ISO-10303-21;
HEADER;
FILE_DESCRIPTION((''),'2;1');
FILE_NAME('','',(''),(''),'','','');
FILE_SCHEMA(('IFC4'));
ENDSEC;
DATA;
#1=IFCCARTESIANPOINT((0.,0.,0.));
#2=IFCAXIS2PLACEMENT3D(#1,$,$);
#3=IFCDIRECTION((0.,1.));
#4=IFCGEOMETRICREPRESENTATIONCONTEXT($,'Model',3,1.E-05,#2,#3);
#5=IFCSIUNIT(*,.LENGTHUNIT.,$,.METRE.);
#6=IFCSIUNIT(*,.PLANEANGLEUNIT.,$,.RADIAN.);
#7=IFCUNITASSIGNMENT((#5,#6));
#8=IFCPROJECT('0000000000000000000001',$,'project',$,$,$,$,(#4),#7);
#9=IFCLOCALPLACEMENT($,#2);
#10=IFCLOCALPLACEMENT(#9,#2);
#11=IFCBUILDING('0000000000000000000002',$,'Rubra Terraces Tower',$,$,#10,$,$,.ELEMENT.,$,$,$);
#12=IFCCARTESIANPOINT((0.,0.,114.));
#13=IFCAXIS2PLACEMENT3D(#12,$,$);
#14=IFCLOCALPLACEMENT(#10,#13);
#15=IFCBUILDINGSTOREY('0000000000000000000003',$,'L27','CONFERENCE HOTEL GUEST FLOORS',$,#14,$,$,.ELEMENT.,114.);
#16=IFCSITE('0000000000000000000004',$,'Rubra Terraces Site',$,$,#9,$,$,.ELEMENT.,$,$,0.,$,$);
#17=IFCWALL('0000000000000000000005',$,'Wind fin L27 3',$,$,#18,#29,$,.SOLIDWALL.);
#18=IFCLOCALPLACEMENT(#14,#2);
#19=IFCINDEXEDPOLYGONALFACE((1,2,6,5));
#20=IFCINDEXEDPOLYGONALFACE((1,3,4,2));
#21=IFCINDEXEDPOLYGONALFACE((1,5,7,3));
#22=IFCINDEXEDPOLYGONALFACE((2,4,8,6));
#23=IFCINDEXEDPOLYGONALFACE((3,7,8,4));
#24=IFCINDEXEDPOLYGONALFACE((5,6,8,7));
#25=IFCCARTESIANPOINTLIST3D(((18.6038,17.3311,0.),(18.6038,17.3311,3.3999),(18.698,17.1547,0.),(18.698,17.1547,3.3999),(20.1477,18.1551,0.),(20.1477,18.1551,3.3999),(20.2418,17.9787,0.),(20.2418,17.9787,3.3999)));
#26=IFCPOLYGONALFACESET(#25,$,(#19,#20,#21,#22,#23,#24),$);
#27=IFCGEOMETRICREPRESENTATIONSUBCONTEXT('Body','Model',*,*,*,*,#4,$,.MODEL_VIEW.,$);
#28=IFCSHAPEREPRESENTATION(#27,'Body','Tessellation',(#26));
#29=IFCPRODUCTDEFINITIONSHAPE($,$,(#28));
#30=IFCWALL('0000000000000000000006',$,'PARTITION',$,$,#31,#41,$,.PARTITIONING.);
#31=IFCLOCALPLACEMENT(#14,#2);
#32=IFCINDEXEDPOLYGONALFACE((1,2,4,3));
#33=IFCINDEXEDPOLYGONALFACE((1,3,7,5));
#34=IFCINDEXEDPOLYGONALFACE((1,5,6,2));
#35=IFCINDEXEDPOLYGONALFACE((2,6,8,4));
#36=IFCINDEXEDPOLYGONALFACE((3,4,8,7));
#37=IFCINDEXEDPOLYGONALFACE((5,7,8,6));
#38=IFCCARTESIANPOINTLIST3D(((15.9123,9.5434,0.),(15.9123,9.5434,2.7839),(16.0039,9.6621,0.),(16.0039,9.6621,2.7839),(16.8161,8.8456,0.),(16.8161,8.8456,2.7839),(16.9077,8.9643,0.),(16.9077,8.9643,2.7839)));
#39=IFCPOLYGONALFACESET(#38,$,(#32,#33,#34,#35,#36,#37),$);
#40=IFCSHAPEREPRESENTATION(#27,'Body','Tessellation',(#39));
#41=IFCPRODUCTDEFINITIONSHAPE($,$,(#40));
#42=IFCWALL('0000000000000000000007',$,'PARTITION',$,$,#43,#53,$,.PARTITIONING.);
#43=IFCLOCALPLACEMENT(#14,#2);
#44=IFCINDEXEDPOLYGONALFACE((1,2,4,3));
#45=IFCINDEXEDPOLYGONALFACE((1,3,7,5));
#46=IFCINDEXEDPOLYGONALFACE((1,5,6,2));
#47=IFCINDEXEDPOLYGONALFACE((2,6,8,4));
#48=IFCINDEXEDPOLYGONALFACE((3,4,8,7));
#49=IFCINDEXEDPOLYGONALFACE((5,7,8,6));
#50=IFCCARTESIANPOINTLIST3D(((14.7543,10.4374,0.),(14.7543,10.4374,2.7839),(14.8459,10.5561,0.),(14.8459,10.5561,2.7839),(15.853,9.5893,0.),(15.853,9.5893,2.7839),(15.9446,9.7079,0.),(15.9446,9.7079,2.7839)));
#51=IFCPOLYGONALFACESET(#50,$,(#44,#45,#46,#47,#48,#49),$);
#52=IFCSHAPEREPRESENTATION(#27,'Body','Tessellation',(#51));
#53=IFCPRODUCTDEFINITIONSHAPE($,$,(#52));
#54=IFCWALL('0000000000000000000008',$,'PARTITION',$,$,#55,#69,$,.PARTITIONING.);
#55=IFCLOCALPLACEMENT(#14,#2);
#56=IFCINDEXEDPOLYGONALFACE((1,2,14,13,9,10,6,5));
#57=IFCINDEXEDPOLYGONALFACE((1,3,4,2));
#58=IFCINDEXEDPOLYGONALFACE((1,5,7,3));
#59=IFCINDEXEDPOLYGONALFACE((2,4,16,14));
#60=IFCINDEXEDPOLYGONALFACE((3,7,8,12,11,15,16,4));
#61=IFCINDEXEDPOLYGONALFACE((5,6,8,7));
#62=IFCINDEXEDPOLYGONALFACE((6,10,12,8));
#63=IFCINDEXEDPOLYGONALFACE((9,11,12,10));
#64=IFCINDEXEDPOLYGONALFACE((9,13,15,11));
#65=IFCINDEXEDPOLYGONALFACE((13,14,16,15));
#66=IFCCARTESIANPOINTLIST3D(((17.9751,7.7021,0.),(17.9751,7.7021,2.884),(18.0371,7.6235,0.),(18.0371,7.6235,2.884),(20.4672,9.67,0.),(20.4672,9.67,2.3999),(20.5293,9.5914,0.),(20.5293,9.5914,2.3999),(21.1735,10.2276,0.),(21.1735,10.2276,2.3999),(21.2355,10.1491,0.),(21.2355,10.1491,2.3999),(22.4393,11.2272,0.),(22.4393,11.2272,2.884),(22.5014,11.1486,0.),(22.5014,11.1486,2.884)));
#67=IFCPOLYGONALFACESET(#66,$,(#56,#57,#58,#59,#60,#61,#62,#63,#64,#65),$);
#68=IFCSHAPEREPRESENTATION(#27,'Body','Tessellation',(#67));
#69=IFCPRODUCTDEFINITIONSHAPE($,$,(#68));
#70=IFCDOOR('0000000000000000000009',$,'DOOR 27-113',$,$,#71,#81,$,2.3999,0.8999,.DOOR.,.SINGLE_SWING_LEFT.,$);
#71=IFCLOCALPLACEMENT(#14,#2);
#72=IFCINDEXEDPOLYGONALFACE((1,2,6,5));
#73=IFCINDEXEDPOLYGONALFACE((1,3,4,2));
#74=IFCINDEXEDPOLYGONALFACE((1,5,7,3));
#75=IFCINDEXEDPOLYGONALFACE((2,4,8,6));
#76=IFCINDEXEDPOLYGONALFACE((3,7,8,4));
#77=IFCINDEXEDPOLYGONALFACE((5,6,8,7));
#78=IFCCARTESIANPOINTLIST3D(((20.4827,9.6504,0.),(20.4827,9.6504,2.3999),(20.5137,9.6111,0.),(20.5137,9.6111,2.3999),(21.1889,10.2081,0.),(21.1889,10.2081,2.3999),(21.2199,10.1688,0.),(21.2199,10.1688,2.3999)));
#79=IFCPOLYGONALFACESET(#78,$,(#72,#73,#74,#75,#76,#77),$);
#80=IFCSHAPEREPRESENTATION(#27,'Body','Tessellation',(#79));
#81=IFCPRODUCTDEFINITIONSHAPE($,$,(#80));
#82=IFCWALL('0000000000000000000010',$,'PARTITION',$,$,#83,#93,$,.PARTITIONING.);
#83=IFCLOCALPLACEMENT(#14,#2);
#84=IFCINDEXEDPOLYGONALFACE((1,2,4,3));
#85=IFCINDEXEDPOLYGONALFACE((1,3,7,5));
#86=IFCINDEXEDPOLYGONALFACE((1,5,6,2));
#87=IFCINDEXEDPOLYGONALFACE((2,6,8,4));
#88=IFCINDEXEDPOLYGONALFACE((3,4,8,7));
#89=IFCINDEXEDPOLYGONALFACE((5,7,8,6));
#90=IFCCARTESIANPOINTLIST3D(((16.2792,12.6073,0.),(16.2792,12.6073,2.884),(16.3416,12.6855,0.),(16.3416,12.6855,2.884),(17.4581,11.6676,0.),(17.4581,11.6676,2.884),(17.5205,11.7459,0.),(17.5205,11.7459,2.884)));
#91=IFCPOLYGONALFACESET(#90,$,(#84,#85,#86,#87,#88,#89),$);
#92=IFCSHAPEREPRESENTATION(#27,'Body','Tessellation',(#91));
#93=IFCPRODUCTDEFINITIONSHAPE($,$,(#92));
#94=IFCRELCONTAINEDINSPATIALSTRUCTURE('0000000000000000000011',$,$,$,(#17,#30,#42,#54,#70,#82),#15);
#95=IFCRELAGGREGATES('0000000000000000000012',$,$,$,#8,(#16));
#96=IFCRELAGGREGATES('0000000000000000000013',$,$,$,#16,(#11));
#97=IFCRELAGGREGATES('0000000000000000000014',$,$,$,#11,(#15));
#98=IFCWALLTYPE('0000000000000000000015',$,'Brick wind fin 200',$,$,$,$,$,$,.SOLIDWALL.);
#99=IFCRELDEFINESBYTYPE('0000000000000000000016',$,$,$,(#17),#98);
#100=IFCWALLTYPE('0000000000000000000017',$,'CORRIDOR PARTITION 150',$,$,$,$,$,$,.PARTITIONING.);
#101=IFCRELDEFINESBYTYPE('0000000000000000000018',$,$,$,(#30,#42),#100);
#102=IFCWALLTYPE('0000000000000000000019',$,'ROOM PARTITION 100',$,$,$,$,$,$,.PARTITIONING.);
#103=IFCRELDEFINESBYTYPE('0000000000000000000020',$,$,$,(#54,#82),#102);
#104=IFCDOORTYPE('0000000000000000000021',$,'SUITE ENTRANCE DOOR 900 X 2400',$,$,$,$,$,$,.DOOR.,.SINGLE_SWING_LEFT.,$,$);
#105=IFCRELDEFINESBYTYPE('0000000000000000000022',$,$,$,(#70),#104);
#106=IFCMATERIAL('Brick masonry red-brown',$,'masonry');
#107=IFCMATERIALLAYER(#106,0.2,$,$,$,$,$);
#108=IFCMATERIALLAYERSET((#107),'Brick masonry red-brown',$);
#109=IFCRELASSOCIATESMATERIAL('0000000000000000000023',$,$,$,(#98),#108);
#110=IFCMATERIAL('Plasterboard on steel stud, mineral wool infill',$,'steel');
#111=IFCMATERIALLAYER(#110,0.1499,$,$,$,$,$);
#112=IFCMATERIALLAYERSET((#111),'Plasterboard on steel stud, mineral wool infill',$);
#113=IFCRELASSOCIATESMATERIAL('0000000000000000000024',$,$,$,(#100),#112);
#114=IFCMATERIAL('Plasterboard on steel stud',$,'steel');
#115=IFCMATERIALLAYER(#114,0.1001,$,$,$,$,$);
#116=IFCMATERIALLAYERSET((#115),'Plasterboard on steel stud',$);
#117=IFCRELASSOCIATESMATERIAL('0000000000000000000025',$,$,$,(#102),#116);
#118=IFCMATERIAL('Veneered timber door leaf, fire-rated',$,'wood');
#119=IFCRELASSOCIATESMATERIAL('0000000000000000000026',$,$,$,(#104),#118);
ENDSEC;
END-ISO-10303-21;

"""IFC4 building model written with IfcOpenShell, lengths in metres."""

from ifc_helpers import new_model, si_unit, direction, frame, frame_2d, origin, place, context, subcontext, project, spatial, rectangle, extrude, material, layer, layer_set, type_object, element, fill, save


model = new_model("IFC4")

# Units and contexts
model_context = context("Model", 3, precision=1e-05, world=origin(), true_north=direction((0.0, 1.0)))
body_context = subcontext(model_context, "Body", "Model", "MODEL_VIEW")
ifc_project = project(units=[si_unit("LENGTHUNIT", "METRE"), si_unit("PLANEANGLEUNIT", "RADIAN")], contexts=[model_context])

# Site, building, storey
site_placement = place(None, origin())
site = spatial("IfcSite", under=ifc_project, at=site_placement, Name="Rubra Terraces Site", CompositionType="ELEMENT", RefElevation=0.0)
building_placement = place(site_placement, origin())
building = spatial("IfcBuilding", under=site, at=building_placement, Name="Rubra Terraces Tower", CompositionType="ELEMENT")
storey_placement = place(building_placement, frame((0.0, 0.0, 114.0)))
storey = spatial("IfcBuildingStorey", under=building, at=storey_placement, Name="L27", Description="CONFERENCE HOTEL GUEST FLOORS", CompositionType="ELEMENT", Elevation=114.0)

# Shared definitions
ifc_material_1 = material(Name="Brick masonry red-brown", Category="masonry")

# Walls
ifc_layer_1 = layer(ifc_material_1, 0.2)
ifc_layer_set_1 = layer_set([ifc_layer_1], Name="Brick masonry red-brown")
wall_type_1 = type_object("IfcWallType", Name="Brick wind fin 200", PredefinedType="SOLIDWALL", material=ifc_layer_set_1)
wall_1_placement = place(storey_placement, frame((18.6509, 17.2429, 0.0), z_axis=(0.0, 0.0, 1.0), x_axis=(0.882225, 0.470827, 0.0)))
element("IfcWall", 1, at=wall_1_placement, inside=storey, type_object=wall_type_1, Name="Wind fin L27 3", PredefinedType="SOLIDWALL", context=body_context, shape_type="SweptSolid", body=[
    extrude(rectangle(XDim=1.75, YDim=0.2, at=frame_2d((0.875, 0.0))), origin(), (0.0, 0.0, 1.0), 3.3999),
])
ifc_material_2 = material(Name="Plasterboard on steel stud, mineral wool infill", Category="steel")
ifc_layer_2 = layer(ifc_material_2, 0.1499)
ifc_layer_set_2 = layer_set([ifc_layer_2], Name="Plasterboard on steel stud, mineral wool infill")
wall_type_2 = type_object("IfcWallType", Name="CORRIDOR PARTITION 150", PredefinedType="PARTITIONING", material=ifc_layer_set_2)
wall_2_placement = place(storey_placement, frame((16.8618, 8.905, 0.0), z_axis=(0.0, 0.0, 1.0), x_axis=(-0.791558, 0.611094, 0.0)))
element("IfcWall", 2, at=wall_2_placement, inside=storey, type_object=wall_type_2, Name="PARTITION", PredefinedType="PARTITIONING", context=body_context, shape_type="SweptSolid", body=[
    extrude(rectangle(XDim=1.1418, YDim=0.1499, at=frame_2d((0.5708, 0.0))), origin(), (0.0, 0.0, 1.0), 2.7839),
])
wall_3_placement = place(storey_placement, frame((15.8987, 9.6487, 0.0), z_axis=(0.0, 0.0, 1.0), x_axis=(-0.791563, 0.611087, 0.0)))
element("IfcWall", 3, at=wall_3_placement, inside=storey, type_object=wall_type_2, Name="PARTITION", PredefinedType="PARTITIONING", context=body_context, shape_type="SweptSolid", body=[
    extrude(rectangle(XDim=1.3879, YDim=0.1499, at=frame_2d((0.6938, 0.0))), origin(), (0.0, 0.0, 1.0), 2.7839),
])

# Wall, opening, door
ifc_material_3 = material(Name="Plasterboard on steel stud", Category="steel")
ifc_layer_3 = layer(ifc_material_3, 0.1001)
ifc_layer_set_3 = layer_set([ifc_layer_3], Name="Plasterboard on steel stud")
wall_type_3 = type_object("IfcWallType", Name="ROOM PARTITION 100", PredefinedType="PARTITIONING", material=ifc_layer_set_3)
wall_4_placement = place(storey_placement, frame((22.4705, 11.188, 0.0), z_axis=(0.0, 0.0, 1.0), x_axis=(-0.784827, -0.619715, 0.0)))
wall_4 = element("IfcWall", 4, at=wall_4_placement, inside=storey, type_object=wall_type_3, Name="PARTITION", PredefinedType="PARTITIONING", context=body_context, shape_type="SweptSolid", body=[
    extrude(rectangle(XDim=5.6882, YDim=0.1001, at=frame_2d((2.8442, 0.0))), origin(), (0.0, 0.0, 1.0), 2.884),
])
opening_1_placement = place(wall_4_placement, frame((1.613, 0.0, 0.0)))
opening_1 = element("IfcOpeningElement", 5, at=opening_1_placement, cuts=wall_4, PredefinedType="OPENING", context=body_context, shape_type="SweptSolid", body=[
    extrude(rectangle(XDim=0.8999, YDim=2.3999, at=frame_2d((0.45, 1.2))), frame((0.0, 0.0601, 0.0), z_axis=(0.0, -1.0, 0.0), x_axis=(1.0, 0.0, 0.0)), (0.0, 0.0, 1.0), 0.1201),
])
ifc_material_4 = material(Name="Veneered timber door leaf, fire-rated", Category="wood")
door_type = type_object("IfcDoorType", Name="SUITE ENTRANCE DOOR 900 X 2400", OperationType="SINGLE_SWING_LEFT", PredefinedType="DOOR", material=ifc_material_4)
door_placement = place(opening_1_placement, origin())
door = element("IfcDoor", 6, at=door_placement, inside=storey, type_object=door_type, Name="DOOR 27-113", OperationType="SINGLE_SWING_LEFT", OverallHeight=2.3999, OverallWidth=0.8999, PredefinedType="DOOR", context=body_context, shape_type="SweptSolid", body=[
    extrude(rectangle(XDim=0.8999, YDim=2.3999, at=frame_2d((0.45, 1.2))), frame((0.0, 0.0249, 0.0), z_axis=(0.0, -1.0, 0.0), x_axis=(1.0, 0.0, 0.0)), (0.0, 0.0, 1.0), 0.05),
])
fill(opening_1, door)

# Wall
wall_5_placement = place(storey_placement, frame((16.3103, 12.6465, 0.0), z_axis=(0.0, 0.0, 1.0), x_axis=(0.781989, -0.623292, 0.0)))
element("IfcWall", 7, at=wall_5_placement, inside=storey, type_object=wall_type_3, Name="PARTITION", PredefinedType="PARTITIONING", context=body_context, shape_type="SweptSolid", body=[
    extrude(rectangle(XDim=1.5076, YDim=0.1001, at=frame_2d((0.7539, 0.0))), origin(), (0.0, 0.0, 1.0), 2.884),
])

save(model, "model.ifc")
